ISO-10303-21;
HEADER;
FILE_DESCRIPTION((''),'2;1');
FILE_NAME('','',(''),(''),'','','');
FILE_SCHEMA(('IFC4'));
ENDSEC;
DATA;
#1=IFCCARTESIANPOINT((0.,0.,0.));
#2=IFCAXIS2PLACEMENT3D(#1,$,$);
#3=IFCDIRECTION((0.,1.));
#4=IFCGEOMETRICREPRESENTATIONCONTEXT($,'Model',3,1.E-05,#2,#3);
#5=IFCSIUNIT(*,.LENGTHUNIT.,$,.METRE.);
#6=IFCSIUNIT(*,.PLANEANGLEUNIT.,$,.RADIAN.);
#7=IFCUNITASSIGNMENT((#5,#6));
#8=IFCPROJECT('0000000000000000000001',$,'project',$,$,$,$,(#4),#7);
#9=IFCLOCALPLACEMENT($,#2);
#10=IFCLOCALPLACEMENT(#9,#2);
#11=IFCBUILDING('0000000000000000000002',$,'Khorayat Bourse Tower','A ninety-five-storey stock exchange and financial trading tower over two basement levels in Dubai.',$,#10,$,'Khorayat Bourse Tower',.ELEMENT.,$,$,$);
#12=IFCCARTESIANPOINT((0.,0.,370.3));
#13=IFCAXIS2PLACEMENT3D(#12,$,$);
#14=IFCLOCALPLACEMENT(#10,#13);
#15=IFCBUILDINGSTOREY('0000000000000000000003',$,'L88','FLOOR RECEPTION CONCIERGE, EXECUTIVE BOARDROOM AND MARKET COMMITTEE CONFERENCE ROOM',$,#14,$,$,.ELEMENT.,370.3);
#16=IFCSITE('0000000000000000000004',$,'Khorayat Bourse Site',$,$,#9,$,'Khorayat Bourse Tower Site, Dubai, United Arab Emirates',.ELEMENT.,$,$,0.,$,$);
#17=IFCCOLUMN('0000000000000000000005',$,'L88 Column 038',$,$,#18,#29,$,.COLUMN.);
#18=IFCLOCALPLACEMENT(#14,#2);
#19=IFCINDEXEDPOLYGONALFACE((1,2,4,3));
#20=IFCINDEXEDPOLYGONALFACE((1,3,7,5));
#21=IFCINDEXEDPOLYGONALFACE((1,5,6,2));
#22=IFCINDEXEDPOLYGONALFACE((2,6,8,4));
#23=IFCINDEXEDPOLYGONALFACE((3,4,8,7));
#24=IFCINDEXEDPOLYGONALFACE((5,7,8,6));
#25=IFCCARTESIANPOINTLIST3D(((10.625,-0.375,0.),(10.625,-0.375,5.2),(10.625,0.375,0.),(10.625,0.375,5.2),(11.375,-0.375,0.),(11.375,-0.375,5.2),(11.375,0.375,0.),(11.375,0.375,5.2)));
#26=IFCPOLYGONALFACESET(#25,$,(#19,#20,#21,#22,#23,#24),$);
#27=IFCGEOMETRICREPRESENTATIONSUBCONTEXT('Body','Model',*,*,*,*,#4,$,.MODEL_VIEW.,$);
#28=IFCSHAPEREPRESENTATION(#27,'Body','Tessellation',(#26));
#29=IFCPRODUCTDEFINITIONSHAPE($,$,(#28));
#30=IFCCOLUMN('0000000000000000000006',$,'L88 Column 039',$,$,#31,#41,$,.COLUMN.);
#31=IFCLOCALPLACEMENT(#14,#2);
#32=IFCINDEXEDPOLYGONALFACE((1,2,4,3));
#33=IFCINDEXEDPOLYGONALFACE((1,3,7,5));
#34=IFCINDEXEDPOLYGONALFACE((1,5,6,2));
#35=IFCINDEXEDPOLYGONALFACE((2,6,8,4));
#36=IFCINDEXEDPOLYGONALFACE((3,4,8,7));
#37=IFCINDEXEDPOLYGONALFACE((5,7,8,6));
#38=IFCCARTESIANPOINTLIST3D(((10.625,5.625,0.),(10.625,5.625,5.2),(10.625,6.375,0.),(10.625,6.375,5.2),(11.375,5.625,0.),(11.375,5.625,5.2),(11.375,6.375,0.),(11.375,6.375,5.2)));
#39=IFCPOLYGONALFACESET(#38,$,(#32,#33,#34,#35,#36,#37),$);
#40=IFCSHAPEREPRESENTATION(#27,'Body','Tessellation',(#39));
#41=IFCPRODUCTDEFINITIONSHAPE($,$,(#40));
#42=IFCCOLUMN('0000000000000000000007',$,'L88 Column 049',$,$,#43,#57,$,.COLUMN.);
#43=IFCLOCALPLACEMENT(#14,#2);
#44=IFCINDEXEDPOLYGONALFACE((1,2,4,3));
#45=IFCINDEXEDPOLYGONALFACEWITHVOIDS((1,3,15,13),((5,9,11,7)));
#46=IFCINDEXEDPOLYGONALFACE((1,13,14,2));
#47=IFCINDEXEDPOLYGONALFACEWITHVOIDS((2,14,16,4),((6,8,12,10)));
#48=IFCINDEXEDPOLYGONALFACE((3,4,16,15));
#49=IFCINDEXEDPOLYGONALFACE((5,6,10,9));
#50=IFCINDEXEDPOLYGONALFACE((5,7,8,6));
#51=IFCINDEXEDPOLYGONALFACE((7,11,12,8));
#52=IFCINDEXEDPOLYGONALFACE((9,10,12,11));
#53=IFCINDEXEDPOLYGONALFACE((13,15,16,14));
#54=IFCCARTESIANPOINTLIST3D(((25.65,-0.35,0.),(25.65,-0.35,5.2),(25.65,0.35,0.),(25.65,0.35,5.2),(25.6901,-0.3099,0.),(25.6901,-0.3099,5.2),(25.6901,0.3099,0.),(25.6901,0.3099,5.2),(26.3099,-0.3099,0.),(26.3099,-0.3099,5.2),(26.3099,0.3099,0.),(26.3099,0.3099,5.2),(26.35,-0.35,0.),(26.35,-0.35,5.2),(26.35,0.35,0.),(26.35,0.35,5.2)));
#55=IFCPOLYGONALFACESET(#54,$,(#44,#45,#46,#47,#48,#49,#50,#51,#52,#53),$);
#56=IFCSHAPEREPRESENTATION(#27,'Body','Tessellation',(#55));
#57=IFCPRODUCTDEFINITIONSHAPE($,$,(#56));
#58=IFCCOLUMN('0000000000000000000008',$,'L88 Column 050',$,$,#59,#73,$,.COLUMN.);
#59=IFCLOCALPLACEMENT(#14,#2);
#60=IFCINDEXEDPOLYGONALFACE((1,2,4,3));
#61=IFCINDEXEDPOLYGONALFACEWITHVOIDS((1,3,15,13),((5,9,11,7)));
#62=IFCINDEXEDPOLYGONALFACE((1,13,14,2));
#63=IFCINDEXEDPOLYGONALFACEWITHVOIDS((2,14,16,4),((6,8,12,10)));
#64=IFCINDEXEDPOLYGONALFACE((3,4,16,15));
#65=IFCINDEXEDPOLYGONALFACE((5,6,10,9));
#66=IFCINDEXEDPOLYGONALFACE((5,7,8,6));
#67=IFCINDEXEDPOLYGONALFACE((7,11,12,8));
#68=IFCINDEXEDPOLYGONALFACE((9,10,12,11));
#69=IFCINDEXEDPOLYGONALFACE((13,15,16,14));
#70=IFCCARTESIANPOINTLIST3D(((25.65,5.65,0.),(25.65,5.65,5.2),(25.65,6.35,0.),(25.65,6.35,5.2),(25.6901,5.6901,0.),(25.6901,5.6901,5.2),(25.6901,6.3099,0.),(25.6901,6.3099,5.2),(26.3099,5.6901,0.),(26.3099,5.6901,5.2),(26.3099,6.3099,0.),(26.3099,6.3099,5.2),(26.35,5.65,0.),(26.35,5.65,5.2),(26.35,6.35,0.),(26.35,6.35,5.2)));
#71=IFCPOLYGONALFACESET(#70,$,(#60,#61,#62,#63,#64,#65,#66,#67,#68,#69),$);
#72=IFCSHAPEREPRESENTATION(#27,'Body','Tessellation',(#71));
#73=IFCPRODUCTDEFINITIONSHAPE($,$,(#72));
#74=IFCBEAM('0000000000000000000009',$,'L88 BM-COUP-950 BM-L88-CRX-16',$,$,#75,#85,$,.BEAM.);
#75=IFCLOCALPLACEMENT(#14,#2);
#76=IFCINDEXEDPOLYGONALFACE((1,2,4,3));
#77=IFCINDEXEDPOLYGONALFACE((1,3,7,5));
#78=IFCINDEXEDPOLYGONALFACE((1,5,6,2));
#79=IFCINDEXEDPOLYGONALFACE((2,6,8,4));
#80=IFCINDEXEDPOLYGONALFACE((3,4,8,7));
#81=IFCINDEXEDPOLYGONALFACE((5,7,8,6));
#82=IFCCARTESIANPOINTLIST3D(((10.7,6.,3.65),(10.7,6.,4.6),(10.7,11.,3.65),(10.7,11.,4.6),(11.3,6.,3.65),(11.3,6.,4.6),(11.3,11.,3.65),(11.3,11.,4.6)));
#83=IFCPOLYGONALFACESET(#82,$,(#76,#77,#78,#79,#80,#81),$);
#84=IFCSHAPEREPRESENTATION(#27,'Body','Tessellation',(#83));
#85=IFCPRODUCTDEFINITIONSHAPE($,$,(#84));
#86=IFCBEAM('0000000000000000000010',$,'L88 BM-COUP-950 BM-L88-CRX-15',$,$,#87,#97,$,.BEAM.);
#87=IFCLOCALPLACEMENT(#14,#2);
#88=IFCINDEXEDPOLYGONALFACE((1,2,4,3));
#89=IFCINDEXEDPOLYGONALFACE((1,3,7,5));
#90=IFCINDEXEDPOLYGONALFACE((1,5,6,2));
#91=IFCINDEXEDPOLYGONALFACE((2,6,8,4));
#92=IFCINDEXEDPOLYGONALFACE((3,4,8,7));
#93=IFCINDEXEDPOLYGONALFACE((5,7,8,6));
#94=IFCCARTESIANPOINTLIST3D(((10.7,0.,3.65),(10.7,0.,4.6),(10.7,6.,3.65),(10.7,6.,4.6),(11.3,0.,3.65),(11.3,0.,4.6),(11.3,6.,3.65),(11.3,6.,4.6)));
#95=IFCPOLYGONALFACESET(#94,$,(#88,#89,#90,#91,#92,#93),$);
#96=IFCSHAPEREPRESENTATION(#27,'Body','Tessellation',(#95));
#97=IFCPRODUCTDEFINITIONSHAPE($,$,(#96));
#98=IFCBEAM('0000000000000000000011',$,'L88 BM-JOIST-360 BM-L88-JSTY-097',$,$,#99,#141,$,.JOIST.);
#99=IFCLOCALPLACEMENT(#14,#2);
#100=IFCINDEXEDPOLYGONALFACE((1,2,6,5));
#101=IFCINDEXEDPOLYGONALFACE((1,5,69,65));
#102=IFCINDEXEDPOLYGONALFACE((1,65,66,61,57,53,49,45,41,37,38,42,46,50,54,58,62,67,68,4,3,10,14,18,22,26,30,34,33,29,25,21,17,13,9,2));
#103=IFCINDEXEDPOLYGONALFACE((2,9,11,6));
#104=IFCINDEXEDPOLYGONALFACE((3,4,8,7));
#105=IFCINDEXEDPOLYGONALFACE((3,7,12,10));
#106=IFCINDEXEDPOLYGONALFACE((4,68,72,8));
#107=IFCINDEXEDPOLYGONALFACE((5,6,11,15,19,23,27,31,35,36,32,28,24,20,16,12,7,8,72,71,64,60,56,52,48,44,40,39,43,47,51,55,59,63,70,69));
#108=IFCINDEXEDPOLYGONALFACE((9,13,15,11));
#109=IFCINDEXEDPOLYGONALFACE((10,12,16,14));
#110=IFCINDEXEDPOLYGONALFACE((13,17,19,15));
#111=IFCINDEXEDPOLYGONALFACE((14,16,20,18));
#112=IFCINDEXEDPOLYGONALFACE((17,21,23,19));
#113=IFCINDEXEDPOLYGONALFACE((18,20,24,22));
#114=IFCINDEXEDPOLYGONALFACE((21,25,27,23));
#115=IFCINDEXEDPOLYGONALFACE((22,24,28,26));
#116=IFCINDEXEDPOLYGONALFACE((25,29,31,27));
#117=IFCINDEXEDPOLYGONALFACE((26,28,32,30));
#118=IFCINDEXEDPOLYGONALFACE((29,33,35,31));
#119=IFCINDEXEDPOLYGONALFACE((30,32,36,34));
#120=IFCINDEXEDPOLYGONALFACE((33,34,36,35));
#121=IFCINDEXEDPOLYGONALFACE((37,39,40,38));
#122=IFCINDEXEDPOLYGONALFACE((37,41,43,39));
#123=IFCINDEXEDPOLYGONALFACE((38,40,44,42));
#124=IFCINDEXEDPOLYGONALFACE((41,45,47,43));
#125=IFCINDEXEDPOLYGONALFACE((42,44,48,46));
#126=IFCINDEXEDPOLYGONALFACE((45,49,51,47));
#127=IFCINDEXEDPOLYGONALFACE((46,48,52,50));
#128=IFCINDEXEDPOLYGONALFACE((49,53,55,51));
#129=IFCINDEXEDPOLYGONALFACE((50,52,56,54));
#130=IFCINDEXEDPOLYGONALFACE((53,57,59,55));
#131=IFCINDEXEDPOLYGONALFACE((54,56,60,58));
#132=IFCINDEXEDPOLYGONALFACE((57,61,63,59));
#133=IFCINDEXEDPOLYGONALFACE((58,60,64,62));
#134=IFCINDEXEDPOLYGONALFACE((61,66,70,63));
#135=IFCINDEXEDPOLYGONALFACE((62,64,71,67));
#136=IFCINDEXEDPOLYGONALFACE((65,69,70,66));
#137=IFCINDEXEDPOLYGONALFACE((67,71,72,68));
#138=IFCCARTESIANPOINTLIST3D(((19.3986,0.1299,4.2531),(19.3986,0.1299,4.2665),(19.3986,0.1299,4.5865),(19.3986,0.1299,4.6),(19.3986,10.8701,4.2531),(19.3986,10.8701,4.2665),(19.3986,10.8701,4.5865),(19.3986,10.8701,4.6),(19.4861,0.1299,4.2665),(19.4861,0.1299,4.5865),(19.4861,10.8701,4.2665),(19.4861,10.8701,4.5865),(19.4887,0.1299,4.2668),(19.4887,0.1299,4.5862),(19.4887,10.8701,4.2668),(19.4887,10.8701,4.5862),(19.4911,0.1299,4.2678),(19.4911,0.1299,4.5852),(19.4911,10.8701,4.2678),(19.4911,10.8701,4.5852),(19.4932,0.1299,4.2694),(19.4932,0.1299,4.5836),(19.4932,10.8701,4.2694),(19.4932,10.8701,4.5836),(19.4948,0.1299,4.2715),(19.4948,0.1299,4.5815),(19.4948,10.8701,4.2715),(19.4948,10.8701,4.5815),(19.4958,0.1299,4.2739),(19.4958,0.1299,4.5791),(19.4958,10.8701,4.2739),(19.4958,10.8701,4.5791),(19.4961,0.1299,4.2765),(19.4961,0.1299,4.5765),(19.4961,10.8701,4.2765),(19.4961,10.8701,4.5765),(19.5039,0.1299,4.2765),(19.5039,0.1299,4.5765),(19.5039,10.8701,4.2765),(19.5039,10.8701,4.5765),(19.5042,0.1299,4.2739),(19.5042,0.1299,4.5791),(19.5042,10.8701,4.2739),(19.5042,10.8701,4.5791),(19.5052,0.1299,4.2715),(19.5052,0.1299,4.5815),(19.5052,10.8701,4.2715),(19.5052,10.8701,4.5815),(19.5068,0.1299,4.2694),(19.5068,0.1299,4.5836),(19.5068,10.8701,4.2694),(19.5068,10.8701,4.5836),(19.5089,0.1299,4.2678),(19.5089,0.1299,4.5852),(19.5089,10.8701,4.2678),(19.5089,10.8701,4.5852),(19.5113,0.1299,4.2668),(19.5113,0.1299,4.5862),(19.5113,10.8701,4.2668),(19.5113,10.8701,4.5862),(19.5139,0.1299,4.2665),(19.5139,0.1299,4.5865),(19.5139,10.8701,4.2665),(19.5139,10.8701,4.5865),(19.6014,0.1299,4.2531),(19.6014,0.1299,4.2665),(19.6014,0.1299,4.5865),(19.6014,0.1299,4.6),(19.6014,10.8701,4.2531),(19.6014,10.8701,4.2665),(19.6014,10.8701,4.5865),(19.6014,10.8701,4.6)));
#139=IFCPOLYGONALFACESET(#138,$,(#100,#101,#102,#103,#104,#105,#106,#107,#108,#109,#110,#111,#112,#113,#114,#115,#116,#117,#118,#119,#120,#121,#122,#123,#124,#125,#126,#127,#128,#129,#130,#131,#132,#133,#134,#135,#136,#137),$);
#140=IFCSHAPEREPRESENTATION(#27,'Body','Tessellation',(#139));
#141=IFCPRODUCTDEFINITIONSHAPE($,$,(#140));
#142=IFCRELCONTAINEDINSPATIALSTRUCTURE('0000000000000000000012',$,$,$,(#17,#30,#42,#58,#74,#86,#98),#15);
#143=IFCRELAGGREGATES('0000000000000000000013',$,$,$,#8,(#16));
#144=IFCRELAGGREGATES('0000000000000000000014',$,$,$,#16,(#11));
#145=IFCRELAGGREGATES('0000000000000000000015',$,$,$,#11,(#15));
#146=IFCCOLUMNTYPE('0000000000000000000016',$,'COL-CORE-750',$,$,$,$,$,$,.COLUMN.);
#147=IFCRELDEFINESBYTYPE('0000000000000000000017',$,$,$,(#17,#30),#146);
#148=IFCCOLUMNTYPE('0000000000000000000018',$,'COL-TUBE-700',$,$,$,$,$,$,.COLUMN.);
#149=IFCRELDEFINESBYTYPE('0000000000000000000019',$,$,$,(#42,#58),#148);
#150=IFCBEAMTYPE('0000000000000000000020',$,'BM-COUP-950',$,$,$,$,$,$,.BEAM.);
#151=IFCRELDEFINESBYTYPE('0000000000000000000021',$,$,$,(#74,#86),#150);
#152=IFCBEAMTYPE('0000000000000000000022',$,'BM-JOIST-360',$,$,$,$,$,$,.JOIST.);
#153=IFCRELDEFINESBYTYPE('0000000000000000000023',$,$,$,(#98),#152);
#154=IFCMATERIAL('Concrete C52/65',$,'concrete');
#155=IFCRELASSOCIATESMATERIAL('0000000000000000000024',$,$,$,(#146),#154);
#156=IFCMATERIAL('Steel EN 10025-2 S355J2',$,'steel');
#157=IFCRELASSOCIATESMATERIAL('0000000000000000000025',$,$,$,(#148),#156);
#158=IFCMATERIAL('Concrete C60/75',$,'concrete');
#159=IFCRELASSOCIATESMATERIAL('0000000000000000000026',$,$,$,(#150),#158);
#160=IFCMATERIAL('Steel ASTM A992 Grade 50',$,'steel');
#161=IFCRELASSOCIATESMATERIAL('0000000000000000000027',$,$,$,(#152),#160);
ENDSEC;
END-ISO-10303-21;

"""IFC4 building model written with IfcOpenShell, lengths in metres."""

from ifc_helpers import new_model, si_unit, direction, frame, origin, origin_2d, place, context, subcontext, project, spatial, rectangle, hollow_rectangle, i_section, extrude, source, transform, mapped, material, material_profile, profile_set, type_object, element, save


model = new_model("IFC4")

# Units and contexts
model_context = context("Model", 3, precision=1e-05, world=origin(), true_north=direction((0.0, 1.0)))
body_context = subcontext(model_context, "Body", "Model", "MODEL_VIEW")
ifc_project = project(units=[si_unit("LENGTHUNIT", "METRE"), si_unit("PLANEANGLEUNIT", "RADIAN")], contexts=[model_context])

# Site, building, storey
site_placement = place(None, origin())
site = spatial("IfcSite", under=ifc_project, at=site_placement, Name="Khorayat Bourse Site", LongName="Khorayat Bourse Tower Site, Dubai, United Arab Emirates", CompositionType="ELEMENT", RefElevation=0.0)
building_placement = place(site_placement, origin())
building = spatial("IfcBuilding", under=site, at=building_placement, Name="Khorayat Bourse Tower", Description="A ninety-five-storey stock exchange and financial trading tower over two basement levels in Dubai.", LongName="Khorayat Bourse Tower", CompositionType="ELEMENT")
storey_placement = place(building_placement, frame((0.0, 0.0, 370.3)))
storey = spatial("IfcBuildingStorey", under=building, at=storey_placement, Name="L88", Description="FLOOR RECEPTION CONCIERGE, EXECUTIVE BOARDROOM AND MARKET COMMITTEE CONFERENCE ROOM", CompositionType="ELEMENT", Elevation=370.3)

# Columns
ifc_material_1 = material(Name="Concrete C52/65", Category="concrete")
ifc_material_profile_1 = material_profile(ifc_material_1, rectangle(XDim=0.75, YDim=0.75, at=origin_2d()), Name="RC 750x750")
ifc_profile_set_1 = profile_set([ifc_material_profile_1], Name="Concrete C52/65")
column_type_1 = type_object("IfcColumnType", Name="COL-CORE-750", PredefinedType="COLUMN", material=ifc_profile_set_1)
shared_shape_1 = source(origin(), body_context, "Body", "SweptSolid", [
    extrude(rectangle(XDim=0.75, YDim=0.75, at=origin_2d()), origin(), (0.0, 0.0, 1.0), 5.2),
])
for number, where, z_axis, x_axis, name in (
    (1, (11.0, 0.0, 0.0), (0.0, 0.0, 1.0), (1.0, 0.0, 0.0), "L88 Column 038"),
    (2, (11.0, 6.0, 0.0), (0.0, 0.0, 1.0), (1.0, 0.0, 0.0), "L88 Column 039"),
):
    element("IfcColumn", number, at=place(storey_placement, frame(where, z_axis=z_axis, x_axis=x_axis)), inside=storey, type_object=column_type_1, Name=name, PredefinedType="COLUMN", context=body_context, shape_type="MappedRepresentation", body=[
        mapped(shared_shape_1, transform((0.0, 0.0, 0.0), scale=1.0)),
    ])
ifc_material_2 = material(Name="Steel EN 10025-2 S355J2", Category="steel")
ifc_material_profile_2 = material_profile(ifc_material_2, hollow_rectangle(XDim=0.7, YDim=0.7, WallThickness=0.04, at=origin_2d()), Name="BOX 700x700x40")
ifc_profile_set_2 = profile_set([ifc_material_profile_2], Name="Steel EN 10025-2 S355J2")
column_type_2 = type_object("IfcColumnType", Name="COL-TUBE-700", PredefinedType="COLUMN", material=ifc_profile_set_2)
shared_shape_2 = source(origin(), body_context, "Body", "SweptSolid", [
    extrude(hollow_rectangle(XDim=0.7, YDim=0.7, WallThickness=0.04, at=origin_2d()), origin(), (0.0, 0.0, 1.0), 5.2),
])
for number, where, z_axis, x_axis, name in (
    (3, (26.0, 0.0, 0.0), (0.0, 0.0, 1.0), (1.0, 0.0, 0.0), "L88 Column 049"),
    (4, (26.0, 6.0, 0.0), (0.0, 0.0, 1.0), (1.0, 0.0, 0.0), "L88 Column 050"),
):
    element("IfcColumn", number, at=place(storey_placement, frame(where, z_axis=z_axis, x_axis=x_axis)), inside=storey, type_object=column_type_2, Name=name, PredefinedType="COLUMN", context=body_context, shape_type="MappedRepresentation", body=[
        mapped(shared_shape_2, transform((0.0, 0.0, 0.0), scale=1.0)),
    ])

# Beams
ifc_material_3 = material(Name="Concrete C60/75", Category="concrete")
ifc_material_profile_3 = material_profile(ifc_material_3, rectangle(XDim=0.6001, YDim=0.95, at=origin_2d()), Name="RC 600x950")
ifc_profile_set_3 = profile_set([ifc_material_profile_3], Name="Concrete C60/75")
beam_type_1 = type_object("IfcBeamType", Name="BM-COUP-950", PredefinedType="BEAM", material=ifc_profile_set_3)
shared_shape_3 = source(origin(), body_context, "Body", "SweptSolid", [
    extrude(rectangle(XDim=0.6001, YDim=0.95, at=origin_2d()), origin(), (0.0, 0.0, 1.0), 5.0),
])
beam_1_placement = place(storey_placement, frame((11.0, 6.0, 4.125), z_axis=(0.0, 1.0, 0.0), x_axis=(-1.0, 0.0, 0.0)))
element("IfcBeam", 5, at=beam_1_placement, inside=storey, type_object=beam_type_1, Name="L88 BM-COUP-950 BM-L88-CRX-16", PredefinedType="BEAM", context=body_context, shape_type="MappedRepresentation", body=[
    mapped(shared_shape_3, transform((0.0, 0.0, 0.0), scale=1.0)),
])
shared_shape_4 = source(origin(), body_context, "Body", "SweptSolid", [
    extrude(rectangle(XDim=0.6001, YDim=0.95, at=origin_2d()), origin(), (0.0, 0.0, 1.0), 6.0),
])
beam_2_placement = place(storey_placement, frame((11.0, 0.0, 4.125), z_axis=(0.0, 1.0, 0.0), x_axis=(-1.0, 0.0, 0.0)))
element("IfcBeam", 6, at=beam_2_placement, inside=storey, type_object=beam_type_1, Name="L88 BM-COUP-950 BM-L88-CRX-15", PredefinedType="BEAM", context=body_context, shape_type="MappedRepresentation", body=[
    mapped(shared_shape_4, transform((0.0, 0.0, 0.0), scale=1.0)),
])
ifc_material_4 = material(Name="Steel ASTM A992 Grade 50", Category="steel")
ifc_material_profile_4 = material_profile(ifc_material_4, i_section(OverallWidth=0.2029, OverallDepth=0.3469, WebThickness=0.0078, FlangeThickness=0.0134, FilletRadius=0.01, at=origin_2d()), Name="W360X64")
ifc_profile_set_4 = profile_set([ifc_material_profile_4], Name="Steel ASTM A992 Grade 50")
beam_type_2 = type_object("IfcBeamType", Name="BM-JOIST-360", PredefinedType="JOIST", material=ifc_profile_set_4)
shared_shape_5 = source(origin(), body_context, "Body", "SweptSolid", [
    extrude(i_section(OverallWidth=0.2029, OverallDepth=0.3469, WebThickness=0.0078, FlangeThickness=0.0134, FilletRadius=0.01, at=origin_2d()), origin(), (0.0, 0.0, 1.0), 10.7402),
])
beam_3_placement = place(storey_placement, frame((19.5, 0.1299, 4.4265), z_axis=(0.0, 1.0, 0.0), x_axis=(-1.0, 0.0, 0.0)))
element("IfcBeam", 7, at=beam_3_placement, inside=storey, type_object=beam_type_2, Name="L88 BM-JOIST-360 BM-L88-JSTY-097", PredefinedType="JOIST", context=body_context, shape_type="MappedRepresentation", body=[
    mapped(shared_shape_5, transform((0.0, 0.0, 0.0), scale=1.0)),
])

save(model, "model.ifc")
